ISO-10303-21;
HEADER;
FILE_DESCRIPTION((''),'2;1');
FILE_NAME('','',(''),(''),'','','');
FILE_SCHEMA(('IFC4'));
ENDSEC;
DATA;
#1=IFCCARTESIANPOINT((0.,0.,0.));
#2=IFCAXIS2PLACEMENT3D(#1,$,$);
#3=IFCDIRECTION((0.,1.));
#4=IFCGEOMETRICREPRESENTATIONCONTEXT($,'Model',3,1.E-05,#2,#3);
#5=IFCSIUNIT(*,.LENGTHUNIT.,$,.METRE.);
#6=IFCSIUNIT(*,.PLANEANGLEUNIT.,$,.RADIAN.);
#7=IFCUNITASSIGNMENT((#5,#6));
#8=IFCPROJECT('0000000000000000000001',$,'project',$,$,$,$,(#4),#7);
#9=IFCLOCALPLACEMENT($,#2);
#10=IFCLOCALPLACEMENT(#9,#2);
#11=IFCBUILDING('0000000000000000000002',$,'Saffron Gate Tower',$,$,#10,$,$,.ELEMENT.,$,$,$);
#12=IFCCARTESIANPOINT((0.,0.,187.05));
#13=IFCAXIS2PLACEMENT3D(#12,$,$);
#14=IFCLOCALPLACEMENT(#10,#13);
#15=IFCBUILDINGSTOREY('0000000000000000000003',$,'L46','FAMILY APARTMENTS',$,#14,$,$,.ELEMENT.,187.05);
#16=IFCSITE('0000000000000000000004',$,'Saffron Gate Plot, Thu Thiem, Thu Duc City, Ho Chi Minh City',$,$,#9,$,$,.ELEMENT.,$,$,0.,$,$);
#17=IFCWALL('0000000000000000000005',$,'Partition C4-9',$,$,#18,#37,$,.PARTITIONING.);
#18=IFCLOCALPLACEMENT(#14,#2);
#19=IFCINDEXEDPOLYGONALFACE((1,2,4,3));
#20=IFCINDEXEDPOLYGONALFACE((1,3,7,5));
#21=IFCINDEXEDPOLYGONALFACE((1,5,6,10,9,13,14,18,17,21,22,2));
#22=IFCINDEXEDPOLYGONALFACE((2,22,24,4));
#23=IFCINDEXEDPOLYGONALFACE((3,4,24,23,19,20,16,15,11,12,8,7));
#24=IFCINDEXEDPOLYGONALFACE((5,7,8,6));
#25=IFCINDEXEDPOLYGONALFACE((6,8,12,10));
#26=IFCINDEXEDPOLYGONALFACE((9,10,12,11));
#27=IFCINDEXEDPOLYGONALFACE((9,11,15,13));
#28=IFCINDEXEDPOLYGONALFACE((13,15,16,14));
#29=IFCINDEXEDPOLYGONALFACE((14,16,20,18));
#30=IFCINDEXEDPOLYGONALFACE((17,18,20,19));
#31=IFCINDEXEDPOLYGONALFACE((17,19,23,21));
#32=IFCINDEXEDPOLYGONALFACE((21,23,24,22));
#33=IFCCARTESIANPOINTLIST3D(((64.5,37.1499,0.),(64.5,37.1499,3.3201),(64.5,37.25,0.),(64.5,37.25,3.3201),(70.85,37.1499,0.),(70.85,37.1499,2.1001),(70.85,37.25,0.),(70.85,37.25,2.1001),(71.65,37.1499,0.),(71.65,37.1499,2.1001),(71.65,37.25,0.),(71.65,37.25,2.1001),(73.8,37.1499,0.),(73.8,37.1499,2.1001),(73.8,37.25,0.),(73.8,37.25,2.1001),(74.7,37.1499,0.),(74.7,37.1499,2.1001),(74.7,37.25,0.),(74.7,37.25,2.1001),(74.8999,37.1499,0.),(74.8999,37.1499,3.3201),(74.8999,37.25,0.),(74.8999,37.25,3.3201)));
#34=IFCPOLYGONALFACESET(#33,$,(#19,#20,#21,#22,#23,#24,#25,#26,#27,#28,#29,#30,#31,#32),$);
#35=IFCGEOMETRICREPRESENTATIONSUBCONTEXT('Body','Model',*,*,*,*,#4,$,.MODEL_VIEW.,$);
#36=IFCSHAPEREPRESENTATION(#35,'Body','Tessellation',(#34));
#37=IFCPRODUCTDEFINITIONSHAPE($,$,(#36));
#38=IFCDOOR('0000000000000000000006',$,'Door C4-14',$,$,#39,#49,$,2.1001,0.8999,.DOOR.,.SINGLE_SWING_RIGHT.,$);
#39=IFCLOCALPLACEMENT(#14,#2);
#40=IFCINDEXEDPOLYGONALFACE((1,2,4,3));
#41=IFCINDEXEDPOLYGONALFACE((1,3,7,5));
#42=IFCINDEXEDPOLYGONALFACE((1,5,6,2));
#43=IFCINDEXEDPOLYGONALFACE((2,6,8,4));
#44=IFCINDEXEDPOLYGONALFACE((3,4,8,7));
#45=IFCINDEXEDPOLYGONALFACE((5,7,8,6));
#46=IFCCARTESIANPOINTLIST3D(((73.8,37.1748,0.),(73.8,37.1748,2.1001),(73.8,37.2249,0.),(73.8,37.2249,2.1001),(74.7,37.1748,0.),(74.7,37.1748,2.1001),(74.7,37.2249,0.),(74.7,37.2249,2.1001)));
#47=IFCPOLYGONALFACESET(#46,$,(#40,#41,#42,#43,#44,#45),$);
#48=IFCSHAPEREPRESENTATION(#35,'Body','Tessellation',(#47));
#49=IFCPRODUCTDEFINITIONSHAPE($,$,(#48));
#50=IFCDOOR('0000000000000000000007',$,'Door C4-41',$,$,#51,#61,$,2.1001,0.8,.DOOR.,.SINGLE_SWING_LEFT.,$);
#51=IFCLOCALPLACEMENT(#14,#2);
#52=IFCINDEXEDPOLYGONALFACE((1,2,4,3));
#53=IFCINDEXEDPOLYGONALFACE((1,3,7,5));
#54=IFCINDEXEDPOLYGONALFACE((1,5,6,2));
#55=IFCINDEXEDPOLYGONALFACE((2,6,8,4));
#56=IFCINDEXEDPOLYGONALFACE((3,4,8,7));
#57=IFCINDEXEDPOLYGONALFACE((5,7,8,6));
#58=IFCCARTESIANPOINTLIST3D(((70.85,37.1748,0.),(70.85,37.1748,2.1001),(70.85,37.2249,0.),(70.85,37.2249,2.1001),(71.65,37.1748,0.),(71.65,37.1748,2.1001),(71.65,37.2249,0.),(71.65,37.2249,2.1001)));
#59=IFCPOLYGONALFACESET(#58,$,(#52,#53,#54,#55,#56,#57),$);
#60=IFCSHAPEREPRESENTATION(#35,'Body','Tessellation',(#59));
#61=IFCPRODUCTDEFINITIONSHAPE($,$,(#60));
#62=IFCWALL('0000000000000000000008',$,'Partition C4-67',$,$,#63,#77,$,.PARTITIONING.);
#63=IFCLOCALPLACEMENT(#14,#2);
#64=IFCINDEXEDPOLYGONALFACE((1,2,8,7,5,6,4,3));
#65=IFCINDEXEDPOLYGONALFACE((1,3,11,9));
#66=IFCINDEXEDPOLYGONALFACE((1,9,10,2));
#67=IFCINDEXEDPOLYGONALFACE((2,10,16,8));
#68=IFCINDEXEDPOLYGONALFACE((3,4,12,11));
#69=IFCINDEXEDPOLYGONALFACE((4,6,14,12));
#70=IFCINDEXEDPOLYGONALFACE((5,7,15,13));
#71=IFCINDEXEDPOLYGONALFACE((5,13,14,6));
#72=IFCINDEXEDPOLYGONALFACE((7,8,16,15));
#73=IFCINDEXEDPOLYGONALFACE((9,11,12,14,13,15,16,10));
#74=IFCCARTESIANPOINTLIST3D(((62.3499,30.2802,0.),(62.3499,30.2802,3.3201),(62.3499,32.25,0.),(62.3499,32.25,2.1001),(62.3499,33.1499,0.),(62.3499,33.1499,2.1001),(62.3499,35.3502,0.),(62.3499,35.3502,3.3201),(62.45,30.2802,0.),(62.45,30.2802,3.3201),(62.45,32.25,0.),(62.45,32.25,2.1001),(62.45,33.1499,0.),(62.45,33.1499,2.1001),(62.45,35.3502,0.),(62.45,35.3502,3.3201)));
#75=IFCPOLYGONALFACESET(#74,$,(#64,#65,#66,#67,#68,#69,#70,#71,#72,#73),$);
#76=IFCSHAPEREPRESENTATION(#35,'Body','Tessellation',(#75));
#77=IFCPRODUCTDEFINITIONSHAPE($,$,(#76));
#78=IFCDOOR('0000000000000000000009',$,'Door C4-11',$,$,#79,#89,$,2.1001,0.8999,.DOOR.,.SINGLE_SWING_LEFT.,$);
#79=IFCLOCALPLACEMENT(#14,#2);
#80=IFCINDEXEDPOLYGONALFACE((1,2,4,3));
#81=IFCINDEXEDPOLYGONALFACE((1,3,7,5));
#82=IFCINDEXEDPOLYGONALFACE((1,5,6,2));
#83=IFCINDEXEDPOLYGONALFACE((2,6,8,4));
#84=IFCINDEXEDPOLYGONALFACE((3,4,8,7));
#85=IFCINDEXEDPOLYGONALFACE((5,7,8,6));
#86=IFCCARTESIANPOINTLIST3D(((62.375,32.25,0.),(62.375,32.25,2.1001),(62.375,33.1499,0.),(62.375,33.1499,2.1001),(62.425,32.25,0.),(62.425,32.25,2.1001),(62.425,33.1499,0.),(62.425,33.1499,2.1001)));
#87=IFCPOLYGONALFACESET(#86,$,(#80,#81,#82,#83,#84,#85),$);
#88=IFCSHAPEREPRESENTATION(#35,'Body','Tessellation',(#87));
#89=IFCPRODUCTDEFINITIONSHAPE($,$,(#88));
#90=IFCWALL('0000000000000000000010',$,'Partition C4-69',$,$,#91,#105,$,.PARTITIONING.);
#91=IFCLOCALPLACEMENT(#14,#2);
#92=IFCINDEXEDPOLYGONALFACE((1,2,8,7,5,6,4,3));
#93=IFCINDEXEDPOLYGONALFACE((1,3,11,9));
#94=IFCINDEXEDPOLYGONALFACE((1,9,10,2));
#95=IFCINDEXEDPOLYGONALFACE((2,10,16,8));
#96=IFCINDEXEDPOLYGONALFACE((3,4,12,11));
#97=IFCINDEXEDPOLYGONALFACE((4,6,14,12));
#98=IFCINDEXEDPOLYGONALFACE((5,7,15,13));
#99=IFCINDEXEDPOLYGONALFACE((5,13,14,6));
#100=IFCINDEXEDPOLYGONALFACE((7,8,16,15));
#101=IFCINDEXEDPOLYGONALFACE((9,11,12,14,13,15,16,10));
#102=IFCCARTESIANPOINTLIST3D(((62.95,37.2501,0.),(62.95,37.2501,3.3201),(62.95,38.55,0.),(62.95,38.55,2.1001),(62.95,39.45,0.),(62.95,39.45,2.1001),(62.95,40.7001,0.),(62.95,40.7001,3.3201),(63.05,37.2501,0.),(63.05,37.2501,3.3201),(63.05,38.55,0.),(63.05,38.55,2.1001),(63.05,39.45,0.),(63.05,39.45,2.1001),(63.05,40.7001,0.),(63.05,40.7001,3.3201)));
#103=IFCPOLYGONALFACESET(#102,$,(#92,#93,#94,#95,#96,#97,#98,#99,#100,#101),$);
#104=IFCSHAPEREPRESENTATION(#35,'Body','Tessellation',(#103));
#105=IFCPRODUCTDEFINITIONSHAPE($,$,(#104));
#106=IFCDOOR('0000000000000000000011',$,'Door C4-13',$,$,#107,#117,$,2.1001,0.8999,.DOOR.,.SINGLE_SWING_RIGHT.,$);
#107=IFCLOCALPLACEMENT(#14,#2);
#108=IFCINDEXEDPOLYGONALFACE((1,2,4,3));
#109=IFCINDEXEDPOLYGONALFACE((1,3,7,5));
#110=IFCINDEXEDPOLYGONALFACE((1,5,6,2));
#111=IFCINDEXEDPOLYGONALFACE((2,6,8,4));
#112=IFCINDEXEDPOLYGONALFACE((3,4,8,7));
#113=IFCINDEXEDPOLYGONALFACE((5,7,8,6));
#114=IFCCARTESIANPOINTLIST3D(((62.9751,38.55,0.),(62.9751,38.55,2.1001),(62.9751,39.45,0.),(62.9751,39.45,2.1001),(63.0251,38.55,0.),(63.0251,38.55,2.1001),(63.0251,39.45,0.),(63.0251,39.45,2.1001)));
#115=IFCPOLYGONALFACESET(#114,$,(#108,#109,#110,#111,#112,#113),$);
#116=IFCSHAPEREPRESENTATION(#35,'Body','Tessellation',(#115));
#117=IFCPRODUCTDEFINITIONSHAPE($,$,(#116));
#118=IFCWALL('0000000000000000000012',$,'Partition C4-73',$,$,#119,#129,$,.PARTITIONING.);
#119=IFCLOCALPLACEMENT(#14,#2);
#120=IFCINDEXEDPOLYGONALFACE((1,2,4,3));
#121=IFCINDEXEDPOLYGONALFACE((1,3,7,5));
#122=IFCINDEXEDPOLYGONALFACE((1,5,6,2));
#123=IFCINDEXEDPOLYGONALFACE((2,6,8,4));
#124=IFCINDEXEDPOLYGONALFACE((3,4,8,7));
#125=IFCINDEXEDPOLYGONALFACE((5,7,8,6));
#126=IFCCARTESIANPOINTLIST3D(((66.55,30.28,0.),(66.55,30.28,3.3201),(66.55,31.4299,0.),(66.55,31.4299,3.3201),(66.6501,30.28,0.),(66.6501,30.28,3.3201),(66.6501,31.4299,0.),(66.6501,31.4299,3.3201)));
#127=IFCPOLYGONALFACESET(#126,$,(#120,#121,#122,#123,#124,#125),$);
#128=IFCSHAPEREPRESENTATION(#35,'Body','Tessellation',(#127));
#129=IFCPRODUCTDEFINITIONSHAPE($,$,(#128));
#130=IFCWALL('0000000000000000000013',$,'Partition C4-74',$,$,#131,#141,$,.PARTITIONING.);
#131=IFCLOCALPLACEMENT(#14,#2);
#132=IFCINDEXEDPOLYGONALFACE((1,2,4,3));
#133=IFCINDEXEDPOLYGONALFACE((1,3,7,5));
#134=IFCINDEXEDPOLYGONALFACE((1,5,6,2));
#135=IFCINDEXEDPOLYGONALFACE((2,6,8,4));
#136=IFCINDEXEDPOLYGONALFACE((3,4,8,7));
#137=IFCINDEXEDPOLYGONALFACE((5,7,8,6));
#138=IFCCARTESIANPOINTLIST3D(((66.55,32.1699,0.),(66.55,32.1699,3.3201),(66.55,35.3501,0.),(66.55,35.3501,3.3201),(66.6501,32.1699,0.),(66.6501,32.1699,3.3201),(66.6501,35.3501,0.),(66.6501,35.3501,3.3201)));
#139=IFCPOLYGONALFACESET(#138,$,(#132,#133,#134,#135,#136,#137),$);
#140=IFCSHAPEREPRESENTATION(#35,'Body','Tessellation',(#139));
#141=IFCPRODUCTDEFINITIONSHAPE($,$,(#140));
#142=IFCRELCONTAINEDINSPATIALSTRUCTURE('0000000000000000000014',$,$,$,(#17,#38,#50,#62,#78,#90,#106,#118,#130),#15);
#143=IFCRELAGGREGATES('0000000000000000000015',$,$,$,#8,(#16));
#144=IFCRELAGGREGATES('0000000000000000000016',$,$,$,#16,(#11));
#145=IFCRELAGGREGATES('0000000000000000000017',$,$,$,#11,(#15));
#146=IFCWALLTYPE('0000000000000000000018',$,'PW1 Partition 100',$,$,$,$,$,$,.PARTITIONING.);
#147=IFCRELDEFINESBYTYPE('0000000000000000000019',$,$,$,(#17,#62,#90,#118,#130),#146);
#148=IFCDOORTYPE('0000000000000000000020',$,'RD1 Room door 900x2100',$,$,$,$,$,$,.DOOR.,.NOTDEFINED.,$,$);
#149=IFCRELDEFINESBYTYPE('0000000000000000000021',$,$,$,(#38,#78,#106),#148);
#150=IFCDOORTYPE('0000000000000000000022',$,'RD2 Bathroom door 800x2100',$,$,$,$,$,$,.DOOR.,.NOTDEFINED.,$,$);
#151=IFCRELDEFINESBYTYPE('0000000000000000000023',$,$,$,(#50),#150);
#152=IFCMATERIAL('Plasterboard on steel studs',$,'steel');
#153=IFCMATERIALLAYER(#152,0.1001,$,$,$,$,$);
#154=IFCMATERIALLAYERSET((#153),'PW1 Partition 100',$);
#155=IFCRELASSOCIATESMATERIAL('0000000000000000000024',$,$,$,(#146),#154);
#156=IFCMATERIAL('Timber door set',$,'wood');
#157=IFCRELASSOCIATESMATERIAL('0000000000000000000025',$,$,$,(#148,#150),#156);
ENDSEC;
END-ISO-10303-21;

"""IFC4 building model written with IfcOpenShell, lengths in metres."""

from ifc_helpers import new_model, si_unit, direction, frame, frame_2d, origin, place, context, subcontext, project, spatial, rectangle, extrude, material, layer, layer_set, type_object, element, fill, save


model = new_model("IFC4")

# Units and contexts
model_context = context("Model", 3, precision=1e-05, world=origin(), true_north=direction((0.0, 1.0)))
body_context = subcontext(model_context, "Body", "Model", "MODEL_VIEW")
ifc_project = project(units=[si_unit("LENGTHUNIT", "METRE"), si_unit("PLANEANGLEUNIT", "RADIAN")], contexts=[model_context])

# Site, building, storey
site_placement = place(None, origin())
site = spatial("IfcSite", under=ifc_project, at=site_placement, Name="Saffron Gate Plot, Thu Thiem, Thu Duc City, Ho Chi Minh City", CompositionType="ELEMENT", RefElevation=0.0)
building_placement = place(site_placement, origin())
building = spatial("IfcBuilding", under=site, at=building_placement, Name="Saffron Gate Tower", CompositionType="ELEMENT")
storey_placement = place(building_placement, frame((0.0, 0.0, 187.05)))
storey = spatial("IfcBuildingStorey", under=building, at=storey_placement, Name="L46", Description="FAMILY APARTMENTS", CompositionType="ELEMENT", Elevation=187.05)

# Shared definitions
ifc_material_1 = material(Name="Plasterboard on steel studs", Category="steel")
ifc_layer = layer(ifc_material_1, 0.1001)
ifc_layer_set = layer_set([ifc_layer], Name="PW1 Partition 100")
wall_type = type_object("IfcWallType", Name="PW1 Partition 100", PredefinedType="PARTITIONING", material=ifc_layer_set)
ifc_material_2 = material(Name="Timber door set", Category="wood")
door_type_1 = type_object("IfcDoorType", Name="RD1 Room door 900x2100", OperationType="NOTDEFINED", PredefinedType="DOOR", material=ifc_material_2)

# Wall, openings, doors
wall_1_placement = place(storey_placement, frame((64.5, 37.2, 0.0), z_axis=(0.0, 0.0, 1.0), x_axis=(1.0, 0.0, 0.0)))
wall_1 = element("IfcWall", 1, at=wall_1_placement, inside=storey, type_object=wall_type, Name="Partition C4-9", PredefinedType="PARTITIONING", context=body_context, shape_type="SweptSolid", body=[
    extrude(rectangle(XDim=10.3999, YDim=0.1001, at=frame_2d((5.2, 0.0))), origin(), (0.0, 0.0, 1.0), 3.3201),
])
opening_1_placement = place(wall_1_placement, frame((6.3501, 0.0, 0.0)))
opening_1 = element("IfcOpeningElement", 2, at=opening_1_placement, cuts=wall_1, PredefinedType="OPENING", context=body_context, shape_type="SweptSolid", body=[
    extrude(rectangle(XDim=0.8, YDim=2.1001, at=frame_2d((0.3999, 1.05))), frame((0.0, 0.0601, 0.0), z_axis=(0.0, -1.0, 0.0), x_axis=(1.0, 0.0, 0.0)), (0.0, 0.0, 1.0), 0.1201),
])
opening_2_placement = place(wall_1_placement, frame((9.3, 0.0, 0.0)))
opening_2 = element("IfcOpeningElement", 3, at=opening_2_placement, cuts=wall_1, PredefinedType="OPENING", context=body_context, shape_type="SweptSolid", body=[
    extrude(rectangle(XDim=0.8999, YDim=2.1001, at=frame_2d((0.45, 1.05))), frame((0.0, 0.0601, 0.0), z_axis=(0.0, -1.0, 0.0), x_axis=(1.0, 0.0, 0.0)), (0.0, 0.0, 1.0), 0.1201),
])
door_1_placement = place(opening_2_placement, origin())
door_1 = element("IfcDoor", 4, at=door_1_placement, inside=storey, type_object=door_type_1, Name="Door C4-14", OperationType="SINGLE_SWING_RIGHT", OverallHeight=2.1001, OverallWidth=0.8999, PredefinedType="DOOR", context=body_context, shape_type="SweptSolid", body=[
    extrude(rectangle(XDim=0.8999, YDim=2.1001, at=frame_2d((0.45, 1.05))), frame((0.0, 0.0249, 0.0), z_axis=(0.0, -1.0, 0.0), x_axis=(1.0, 0.0, 0.0)), (0.0, 0.0, 1.0), 0.05),
])
fill(opening_2, door_1)
door_type_2 = type_object("IfcDoorType", Name="RD2 Bathroom door 800x2100", OperationType="NOTDEFINED", PredefinedType="DOOR", material=ifc_material_2)
door_2_placement = place(opening_1_placement, origin())
door_2 = element("IfcDoor", 5, at=door_2_placement, inside=storey, type_object=door_type_2, Name="Door C4-41", OperationType="SINGLE_SWING_LEFT", OverallHeight=2.1001, OverallWidth=0.8, PredefinedType="DOOR", context=body_context, shape_type="SweptSolid", body=[
    extrude(rectangle(XDim=0.8, YDim=2.1001, at=frame_2d((0.3999, 1.05))), frame((0.0, 0.0249, 0.0), z_axis=(0.0, -1.0, 0.0), x_axis=(1.0, 0.0, 0.0)), (0.0, 0.0, 1.0), 0.05),
])
fill(opening_1, door_2)

# Walls, openings, doors
wall_2_placement = place(storey_placement, frame((62.3999, 30.28, 0.0), z_axis=(0.0, 0.0, 1.0), x_axis=(0.0, 1.0, 0.0)))
wall_2 = element("IfcWall", 6, at=wall_2_placement, inside=storey, type_object=wall_type, Name="Partition C4-67", PredefinedType="PARTITIONING", context=body_context, shape_type="SweptSolid", body=[
    extrude(rectangle(XDim=5.0701, YDim=0.1001, at=frame_2d((2.5352, 0.0))), origin(), (0.0, 0.0, 1.0), 3.3201),
])
opening_3_placement = place(wall_2_placement, frame((1.97, 0.0, 0.0)))
opening_3 = element("IfcOpeningElement", 7, at=opening_3_placement, cuts=wall_2, PredefinedType="OPENING", context=body_context, shape_type="SweptSolid", body=[
    extrude(rectangle(XDim=0.8999, YDim=2.1001, at=frame_2d((0.45, 1.05))), frame((0.0, 0.0601, 0.0), z_axis=(0.0, -1.0, 0.0), x_axis=(1.0, 0.0, 0.0)), (0.0, 0.0, 1.0), 0.1201),
])
door_3_placement = place(opening_3_placement, origin())
door_3 = element("IfcDoor", 8, at=door_3_placement, inside=storey, type_object=door_type_1, Name="Door C4-11", OperationType="SINGLE_SWING_LEFT", OverallHeight=2.1001, OverallWidth=0.8999, PredefinedType="DOOR", context=body_context, shape_type="SweptSolid", body=[
    extrude(rectangle(XDim=0.8999, YDim=2.1001, at=frame_2d((0.45, 1.05))), frame((0.0, 0.0249, 0.0), z_axis=(0.0, -1.0, 0.0), x_axis=(1.0, 0.0, 0.0)), (0.0, 0.0, 1.0), 0.05),
])
fill(opening_3, door_3)
wall_3_placement = place(storey_placement, frame((63.0, 37.25, 0.0), z_axis=(0.0, 0.0, 1.0), x_axis=(0.0, 1.0, 0.0)))
wall_3 = element("IfcWall", 9, at=wall_3_placement, inside=storey, type_object=wall_type, Name="Partition C4-69", PredefinedType="PARTITIONING", context=body_context, shape_type="SweptSolid", body=[
    extrude(rectangle(XDim=3.45, YDim=0.1001, at=frame_2d((1.7251, 0.0))), origin(), (0.0, 0.0, 1.0), 3.3201),
])
opening_4_placement = place(wall_3_placement, frame((1.3, 0.0, 0.0)))
opening_4 = element("IfcOpeningElement", 10, at=opening_4_placement, cuts=wall_3, PredefinedType="OPENING", context=body_context, shape_type="SweptSolid", body=[
    extrude(rectangle(XDim=0.8999, YDim=2.1001, at=frame_2d((0.45, 1.05))), frame((0.0, 0.0601, 0.0), z_axis=(0.0, -1.0, 0.0), x_axis=(1.0, 0.0, 0.0)), (0.0, 0.0, 1.0), 0.1201),
])
door_4_placement = place(opening_4_placement, origin())
door_4 = element("IfcDoor", 11, at=door_4_placement, inside=storey, type_object=door_type_1, Name="Door C4-13", OperationType="SINGLE_SWING_RIGHT", OverallHeight=2.1001, OverallWidth=0.8999, PredefinedType="DOOR", context=body_context, shape_type="SweptSolid", body=[
    extrude(rectangle(XDim=0.8999, YDim=2.1001, at=frame_2d((0.45, 1.05))), frame((0.0, 0.0249, 0.0), z_axis=(0.0, -1.0, 0.0), x_axis=(1.0, 0.0, 0.0)), (0.0, 0.0, 1.0), 0.05),
])
fill(opening_4, door_4)

# Walls
wall_4_placement = place(storey_placement, frame((66.6001, 31.4299, 0.0), z_axis=(0.0, 0.0, 1.0), x_axis=(0.0, -1.0, 0.0)))
element("IfcWall", 12, at=wall_4_placement, inside=storey, type_object=wall_type, Name="Partition C4-73", PredefinedType="PARTITIONING", context=body_context, shape_type="SweptSolid", body=[
    extrude(rectangle(XDim=1.1499, YDim=0.1001, at=frame_2d((0.575, 0.0))), origin(), (0.0, 0.0, 1.0), 3.3201),
])
wall_5_placement = place(storey_placement, frame((66.6001, 35.3501, 0.0), z_axis=(0.0, 0.0, 1.0), x_axis=(0.0, -1.0, 0.0)))
element("IfcWall", 13, at=wall_5_placement, inside=storey, type_object=wall_type, Name="Partition C4-74", PredefinedType="PARTITIONING", context=body_context, shape_type="SweptSolid", body=[
    extrude(rectangle(XDim=3.1802, YDim=0.1001, at=frame_2d((1.5901, 0.0))), origin(), (0.0, 0.0, 1.0), 3.3201),
])

save(model, "model.ifc")
